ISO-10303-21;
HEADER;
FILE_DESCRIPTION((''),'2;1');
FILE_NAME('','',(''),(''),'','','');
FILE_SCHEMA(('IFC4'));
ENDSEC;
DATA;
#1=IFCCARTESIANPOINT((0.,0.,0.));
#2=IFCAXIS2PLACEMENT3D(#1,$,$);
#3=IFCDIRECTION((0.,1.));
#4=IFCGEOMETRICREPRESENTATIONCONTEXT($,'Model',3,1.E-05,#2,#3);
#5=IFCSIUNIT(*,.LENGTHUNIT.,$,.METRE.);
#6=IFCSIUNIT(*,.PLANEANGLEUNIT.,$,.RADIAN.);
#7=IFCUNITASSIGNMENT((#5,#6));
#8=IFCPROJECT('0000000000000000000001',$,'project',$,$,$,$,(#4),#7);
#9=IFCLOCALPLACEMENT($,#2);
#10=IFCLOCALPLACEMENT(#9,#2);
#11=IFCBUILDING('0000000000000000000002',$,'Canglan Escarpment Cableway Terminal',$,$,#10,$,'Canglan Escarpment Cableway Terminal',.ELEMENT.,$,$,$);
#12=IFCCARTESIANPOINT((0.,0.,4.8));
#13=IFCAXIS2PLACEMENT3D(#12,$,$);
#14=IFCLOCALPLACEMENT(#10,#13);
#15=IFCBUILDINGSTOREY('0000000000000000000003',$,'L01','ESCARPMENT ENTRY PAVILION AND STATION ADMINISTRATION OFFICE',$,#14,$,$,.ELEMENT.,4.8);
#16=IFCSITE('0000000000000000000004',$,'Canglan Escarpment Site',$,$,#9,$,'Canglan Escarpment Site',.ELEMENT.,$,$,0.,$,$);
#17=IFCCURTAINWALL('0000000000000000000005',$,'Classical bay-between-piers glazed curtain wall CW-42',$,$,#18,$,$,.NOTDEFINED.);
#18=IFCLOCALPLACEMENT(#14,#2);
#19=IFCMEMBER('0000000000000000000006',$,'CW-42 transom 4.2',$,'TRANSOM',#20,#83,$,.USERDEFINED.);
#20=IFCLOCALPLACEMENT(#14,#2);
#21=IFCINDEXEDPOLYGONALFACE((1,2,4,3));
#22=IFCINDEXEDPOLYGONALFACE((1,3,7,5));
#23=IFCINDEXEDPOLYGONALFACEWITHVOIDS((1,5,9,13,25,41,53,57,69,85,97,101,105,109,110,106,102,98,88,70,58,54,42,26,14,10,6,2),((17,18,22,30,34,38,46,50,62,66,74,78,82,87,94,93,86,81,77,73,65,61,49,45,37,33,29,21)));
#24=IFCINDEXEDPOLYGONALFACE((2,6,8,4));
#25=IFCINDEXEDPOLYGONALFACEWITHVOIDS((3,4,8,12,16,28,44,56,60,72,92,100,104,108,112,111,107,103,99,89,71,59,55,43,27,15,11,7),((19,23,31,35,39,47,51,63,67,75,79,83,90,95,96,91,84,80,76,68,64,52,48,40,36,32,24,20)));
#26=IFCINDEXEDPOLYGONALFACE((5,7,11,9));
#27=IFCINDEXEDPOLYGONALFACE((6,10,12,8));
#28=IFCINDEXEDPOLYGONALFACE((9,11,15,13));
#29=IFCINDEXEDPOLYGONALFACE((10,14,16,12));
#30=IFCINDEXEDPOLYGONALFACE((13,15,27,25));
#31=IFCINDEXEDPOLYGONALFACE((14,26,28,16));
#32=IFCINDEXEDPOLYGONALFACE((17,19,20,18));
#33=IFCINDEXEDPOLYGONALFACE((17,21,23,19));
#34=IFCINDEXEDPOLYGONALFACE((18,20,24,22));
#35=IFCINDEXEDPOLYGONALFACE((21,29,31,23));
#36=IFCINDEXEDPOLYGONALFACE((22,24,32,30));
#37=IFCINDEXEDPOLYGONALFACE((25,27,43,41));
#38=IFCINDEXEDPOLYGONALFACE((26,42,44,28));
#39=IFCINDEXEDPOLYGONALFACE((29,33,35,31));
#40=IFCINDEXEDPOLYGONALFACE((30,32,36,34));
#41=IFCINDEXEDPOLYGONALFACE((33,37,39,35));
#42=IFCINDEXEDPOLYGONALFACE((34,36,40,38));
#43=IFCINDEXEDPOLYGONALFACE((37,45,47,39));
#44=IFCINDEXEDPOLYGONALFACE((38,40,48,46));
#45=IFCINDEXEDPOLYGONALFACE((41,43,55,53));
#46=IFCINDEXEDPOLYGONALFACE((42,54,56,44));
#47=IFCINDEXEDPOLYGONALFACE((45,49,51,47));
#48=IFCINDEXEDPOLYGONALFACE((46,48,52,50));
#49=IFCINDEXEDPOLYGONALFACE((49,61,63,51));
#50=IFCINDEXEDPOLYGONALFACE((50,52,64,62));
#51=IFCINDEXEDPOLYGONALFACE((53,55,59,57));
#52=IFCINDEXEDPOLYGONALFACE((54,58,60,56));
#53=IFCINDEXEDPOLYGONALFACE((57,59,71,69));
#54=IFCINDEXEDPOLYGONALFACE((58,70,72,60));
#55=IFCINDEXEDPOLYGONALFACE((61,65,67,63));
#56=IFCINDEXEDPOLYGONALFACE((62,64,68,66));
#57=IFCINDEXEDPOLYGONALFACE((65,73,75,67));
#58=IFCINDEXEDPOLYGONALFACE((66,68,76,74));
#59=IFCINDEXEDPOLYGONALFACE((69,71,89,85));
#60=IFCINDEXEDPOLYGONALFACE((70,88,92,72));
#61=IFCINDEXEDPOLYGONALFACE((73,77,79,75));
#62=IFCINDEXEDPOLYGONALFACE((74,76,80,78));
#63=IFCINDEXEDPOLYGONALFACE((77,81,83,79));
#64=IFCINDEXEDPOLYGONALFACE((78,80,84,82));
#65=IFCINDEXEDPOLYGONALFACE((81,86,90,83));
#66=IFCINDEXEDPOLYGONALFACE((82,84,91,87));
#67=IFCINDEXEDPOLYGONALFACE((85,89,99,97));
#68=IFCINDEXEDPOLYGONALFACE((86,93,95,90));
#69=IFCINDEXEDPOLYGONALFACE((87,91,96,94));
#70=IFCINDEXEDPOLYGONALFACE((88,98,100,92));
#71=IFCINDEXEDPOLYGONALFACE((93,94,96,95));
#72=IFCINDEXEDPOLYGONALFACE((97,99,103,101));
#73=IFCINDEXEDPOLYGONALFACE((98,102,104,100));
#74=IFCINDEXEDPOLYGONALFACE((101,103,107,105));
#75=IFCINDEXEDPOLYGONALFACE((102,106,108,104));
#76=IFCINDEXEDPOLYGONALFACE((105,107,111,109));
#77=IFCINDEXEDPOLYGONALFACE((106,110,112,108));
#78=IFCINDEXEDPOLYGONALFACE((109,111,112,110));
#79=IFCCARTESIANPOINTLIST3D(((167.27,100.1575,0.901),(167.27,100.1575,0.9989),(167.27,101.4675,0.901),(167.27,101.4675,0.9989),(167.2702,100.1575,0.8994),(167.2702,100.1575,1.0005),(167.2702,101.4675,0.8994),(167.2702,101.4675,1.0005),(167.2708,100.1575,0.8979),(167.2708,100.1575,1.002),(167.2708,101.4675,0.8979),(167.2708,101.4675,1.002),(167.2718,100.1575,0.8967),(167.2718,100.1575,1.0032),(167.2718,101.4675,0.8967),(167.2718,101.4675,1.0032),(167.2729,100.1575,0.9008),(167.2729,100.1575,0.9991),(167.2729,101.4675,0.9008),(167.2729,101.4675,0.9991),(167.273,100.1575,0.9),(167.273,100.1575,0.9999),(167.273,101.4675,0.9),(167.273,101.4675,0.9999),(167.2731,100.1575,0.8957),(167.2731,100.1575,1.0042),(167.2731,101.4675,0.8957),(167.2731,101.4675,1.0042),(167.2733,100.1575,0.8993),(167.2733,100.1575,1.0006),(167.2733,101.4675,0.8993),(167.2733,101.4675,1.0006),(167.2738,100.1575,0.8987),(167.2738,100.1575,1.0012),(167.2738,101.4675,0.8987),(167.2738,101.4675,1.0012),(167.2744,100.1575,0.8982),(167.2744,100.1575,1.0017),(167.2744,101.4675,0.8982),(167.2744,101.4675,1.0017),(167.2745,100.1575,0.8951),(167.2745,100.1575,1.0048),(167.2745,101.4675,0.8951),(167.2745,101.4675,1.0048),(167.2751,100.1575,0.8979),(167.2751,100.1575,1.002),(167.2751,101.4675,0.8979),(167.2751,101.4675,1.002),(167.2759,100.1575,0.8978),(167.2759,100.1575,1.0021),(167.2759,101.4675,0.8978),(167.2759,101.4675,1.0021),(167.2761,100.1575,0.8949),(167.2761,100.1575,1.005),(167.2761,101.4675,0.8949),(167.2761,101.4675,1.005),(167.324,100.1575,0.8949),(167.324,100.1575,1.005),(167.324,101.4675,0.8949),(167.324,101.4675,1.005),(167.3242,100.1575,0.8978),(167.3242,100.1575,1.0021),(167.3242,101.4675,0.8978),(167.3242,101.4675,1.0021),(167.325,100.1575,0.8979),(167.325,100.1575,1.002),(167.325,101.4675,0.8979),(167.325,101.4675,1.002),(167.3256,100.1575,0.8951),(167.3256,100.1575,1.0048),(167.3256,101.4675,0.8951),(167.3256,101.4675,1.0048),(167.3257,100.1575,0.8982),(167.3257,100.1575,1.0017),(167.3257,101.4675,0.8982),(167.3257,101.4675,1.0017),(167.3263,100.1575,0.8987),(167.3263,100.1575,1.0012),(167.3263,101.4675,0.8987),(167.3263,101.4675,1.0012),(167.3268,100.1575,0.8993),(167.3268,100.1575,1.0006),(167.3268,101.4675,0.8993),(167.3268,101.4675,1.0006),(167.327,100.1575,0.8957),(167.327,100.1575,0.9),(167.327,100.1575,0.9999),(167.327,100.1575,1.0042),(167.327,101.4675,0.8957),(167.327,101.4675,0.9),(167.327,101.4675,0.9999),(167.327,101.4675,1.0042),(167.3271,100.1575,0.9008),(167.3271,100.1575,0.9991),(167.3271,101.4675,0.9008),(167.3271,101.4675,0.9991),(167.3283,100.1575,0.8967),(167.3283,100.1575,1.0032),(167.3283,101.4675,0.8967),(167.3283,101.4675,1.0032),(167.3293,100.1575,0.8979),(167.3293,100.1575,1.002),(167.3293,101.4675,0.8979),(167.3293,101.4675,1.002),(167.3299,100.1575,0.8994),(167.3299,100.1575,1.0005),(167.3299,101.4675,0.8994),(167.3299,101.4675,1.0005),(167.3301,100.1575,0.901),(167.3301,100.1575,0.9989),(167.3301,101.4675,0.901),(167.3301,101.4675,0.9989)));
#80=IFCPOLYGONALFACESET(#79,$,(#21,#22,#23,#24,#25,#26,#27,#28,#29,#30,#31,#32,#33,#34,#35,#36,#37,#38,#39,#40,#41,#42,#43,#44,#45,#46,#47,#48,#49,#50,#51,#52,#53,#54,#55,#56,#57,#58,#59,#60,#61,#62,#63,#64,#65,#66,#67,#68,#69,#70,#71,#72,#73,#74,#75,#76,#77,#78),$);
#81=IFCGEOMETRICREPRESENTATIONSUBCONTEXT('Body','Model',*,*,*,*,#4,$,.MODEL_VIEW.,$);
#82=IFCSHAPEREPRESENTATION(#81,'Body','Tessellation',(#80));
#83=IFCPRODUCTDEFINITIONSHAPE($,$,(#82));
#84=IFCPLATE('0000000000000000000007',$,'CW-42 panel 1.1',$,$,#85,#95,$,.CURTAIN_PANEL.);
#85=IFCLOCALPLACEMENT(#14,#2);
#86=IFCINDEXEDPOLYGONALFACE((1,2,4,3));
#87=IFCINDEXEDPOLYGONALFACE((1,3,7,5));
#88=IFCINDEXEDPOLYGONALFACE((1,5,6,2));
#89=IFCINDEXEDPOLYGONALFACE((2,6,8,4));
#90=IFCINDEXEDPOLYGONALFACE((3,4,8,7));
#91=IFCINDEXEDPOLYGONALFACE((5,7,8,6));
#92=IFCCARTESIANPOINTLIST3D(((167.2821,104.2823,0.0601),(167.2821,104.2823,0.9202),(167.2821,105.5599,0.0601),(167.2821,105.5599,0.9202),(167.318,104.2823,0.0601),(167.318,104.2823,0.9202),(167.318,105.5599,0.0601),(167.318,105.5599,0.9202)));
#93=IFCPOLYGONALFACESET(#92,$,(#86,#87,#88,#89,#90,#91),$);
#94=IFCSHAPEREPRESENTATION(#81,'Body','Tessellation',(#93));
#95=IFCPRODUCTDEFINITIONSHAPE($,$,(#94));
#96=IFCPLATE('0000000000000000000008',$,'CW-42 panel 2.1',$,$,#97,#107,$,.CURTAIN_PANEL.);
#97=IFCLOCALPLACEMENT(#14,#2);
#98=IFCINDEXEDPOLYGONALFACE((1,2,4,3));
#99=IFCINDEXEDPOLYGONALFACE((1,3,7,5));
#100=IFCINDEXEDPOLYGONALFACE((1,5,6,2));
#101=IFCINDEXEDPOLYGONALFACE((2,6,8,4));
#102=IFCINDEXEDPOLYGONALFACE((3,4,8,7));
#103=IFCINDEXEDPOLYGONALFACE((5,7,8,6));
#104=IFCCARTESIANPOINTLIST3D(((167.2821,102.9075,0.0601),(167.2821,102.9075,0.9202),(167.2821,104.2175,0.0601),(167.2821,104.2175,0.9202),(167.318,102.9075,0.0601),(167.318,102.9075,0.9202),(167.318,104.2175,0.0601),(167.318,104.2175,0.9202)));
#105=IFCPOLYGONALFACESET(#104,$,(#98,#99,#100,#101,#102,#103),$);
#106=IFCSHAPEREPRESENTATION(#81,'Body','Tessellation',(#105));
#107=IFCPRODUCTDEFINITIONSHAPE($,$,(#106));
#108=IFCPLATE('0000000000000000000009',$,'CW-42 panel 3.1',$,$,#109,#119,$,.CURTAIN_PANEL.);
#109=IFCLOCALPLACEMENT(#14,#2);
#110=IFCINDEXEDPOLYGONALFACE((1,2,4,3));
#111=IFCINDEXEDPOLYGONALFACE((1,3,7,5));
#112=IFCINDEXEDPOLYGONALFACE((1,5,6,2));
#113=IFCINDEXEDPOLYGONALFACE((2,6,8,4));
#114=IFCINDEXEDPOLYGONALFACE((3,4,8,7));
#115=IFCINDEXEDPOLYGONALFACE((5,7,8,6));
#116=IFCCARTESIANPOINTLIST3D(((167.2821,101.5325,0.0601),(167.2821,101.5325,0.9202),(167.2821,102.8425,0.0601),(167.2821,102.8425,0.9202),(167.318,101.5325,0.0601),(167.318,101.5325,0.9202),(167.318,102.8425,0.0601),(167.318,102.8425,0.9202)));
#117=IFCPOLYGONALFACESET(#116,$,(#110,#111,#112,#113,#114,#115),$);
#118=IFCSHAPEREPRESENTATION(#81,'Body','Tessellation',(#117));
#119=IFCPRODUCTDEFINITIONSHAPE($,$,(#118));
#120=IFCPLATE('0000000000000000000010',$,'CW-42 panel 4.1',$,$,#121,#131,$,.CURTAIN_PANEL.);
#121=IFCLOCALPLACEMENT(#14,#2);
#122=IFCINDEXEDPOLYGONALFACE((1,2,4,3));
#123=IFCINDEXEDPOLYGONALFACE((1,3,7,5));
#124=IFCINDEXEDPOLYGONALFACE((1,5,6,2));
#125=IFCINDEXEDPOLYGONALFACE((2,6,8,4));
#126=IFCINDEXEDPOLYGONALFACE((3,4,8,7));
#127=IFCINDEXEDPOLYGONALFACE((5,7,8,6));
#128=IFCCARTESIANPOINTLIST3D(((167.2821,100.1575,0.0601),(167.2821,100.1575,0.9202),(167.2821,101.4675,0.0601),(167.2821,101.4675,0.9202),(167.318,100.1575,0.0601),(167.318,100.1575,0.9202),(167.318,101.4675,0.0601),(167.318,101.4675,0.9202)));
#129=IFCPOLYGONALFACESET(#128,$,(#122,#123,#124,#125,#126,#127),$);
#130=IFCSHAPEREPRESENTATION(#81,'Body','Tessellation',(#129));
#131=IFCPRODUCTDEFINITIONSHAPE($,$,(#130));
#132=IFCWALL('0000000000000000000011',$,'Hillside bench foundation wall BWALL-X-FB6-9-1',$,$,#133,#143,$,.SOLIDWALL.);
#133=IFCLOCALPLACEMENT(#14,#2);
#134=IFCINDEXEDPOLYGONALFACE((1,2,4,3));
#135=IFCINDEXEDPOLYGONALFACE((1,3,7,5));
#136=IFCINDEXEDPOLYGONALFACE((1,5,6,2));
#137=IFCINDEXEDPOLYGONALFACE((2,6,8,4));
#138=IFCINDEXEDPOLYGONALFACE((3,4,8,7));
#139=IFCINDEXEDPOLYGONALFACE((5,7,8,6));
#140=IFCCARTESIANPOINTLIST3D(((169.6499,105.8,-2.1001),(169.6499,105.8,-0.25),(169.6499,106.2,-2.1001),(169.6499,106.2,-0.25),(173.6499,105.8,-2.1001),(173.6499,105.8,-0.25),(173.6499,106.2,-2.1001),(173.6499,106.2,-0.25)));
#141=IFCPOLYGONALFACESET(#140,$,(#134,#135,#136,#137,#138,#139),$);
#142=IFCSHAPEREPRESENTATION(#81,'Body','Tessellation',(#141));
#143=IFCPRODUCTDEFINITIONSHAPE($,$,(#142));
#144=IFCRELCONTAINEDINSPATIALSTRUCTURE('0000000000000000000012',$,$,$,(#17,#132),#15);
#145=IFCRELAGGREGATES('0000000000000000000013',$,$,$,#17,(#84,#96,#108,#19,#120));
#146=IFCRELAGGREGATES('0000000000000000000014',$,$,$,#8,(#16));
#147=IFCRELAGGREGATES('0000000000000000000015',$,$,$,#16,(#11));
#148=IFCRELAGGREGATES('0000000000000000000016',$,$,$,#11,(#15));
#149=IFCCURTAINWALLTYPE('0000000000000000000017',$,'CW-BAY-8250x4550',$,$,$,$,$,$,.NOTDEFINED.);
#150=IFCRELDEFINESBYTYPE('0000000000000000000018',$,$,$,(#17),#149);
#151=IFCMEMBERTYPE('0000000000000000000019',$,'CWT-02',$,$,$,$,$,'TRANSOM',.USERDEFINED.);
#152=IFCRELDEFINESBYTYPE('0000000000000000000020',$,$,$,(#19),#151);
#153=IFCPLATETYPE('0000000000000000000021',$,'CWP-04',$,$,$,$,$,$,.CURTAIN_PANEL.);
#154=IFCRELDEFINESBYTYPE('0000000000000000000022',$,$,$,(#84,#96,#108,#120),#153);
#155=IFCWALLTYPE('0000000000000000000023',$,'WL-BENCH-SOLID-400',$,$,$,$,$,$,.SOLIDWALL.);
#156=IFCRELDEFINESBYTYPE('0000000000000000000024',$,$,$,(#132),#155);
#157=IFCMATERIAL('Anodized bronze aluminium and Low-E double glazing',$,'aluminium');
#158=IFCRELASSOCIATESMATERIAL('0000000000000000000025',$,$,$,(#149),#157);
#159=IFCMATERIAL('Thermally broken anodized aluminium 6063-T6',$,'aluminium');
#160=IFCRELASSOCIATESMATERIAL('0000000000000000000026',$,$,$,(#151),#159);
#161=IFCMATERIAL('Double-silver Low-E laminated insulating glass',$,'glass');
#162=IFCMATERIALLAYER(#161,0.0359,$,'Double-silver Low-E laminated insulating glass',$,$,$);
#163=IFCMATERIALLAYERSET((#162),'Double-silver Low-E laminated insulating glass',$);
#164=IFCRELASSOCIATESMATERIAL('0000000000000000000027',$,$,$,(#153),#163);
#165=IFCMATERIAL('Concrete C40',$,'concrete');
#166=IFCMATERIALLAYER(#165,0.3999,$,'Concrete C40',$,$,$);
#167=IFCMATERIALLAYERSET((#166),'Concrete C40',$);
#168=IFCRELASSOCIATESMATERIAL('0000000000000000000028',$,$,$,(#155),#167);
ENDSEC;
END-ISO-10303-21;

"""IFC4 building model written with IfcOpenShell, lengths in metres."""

from ifc_helpers import new_model, si_unit, direction, frame, frame_2d, origin, origin_2d, place, context, subcontext, project, spatial, rectangle, hollow_rectangle, extrude, material, layer, layer_set, material_profile, profile_set, type_object, element, aggregate, save


model = new_model("IFC4")

# Units and contexts
model_context = context("Model", 3, precision=1e-05, world=origin(), true_north=direction((0.0, 1.0)))
body_context = subcontext(model_context, "Body", "Model", "MODEL_VIEW")
ifc_project = project(units=[si_unit("LENGTHUNIT", "METRE"), si_unit("PLANEANGLEUNIT", "RADIAN")], contexts=[model_context])

# Site, building, storey
site_placement = place(None, origin())
site = spatial("IfcSite", under=ifc_project, at=site_placement, Name="Canglan Escarpment Site", LongName="Canglan Escarpment Site", CompositionType="ELEMENT", RefElevation=0.0)
building_placement = place(site_placement, origin())
building = spatial("IfcBuilding", under=site, at=building_placement, Name="Canglan Escarpment Cableway Terminal", LongName="Canglan Escarpment Cableway Terminal", CompositionType="ELEMENT")
storey_placement = place(building_placement, frame((0.0, 0.0, 4.8)))
storey = spatial("IfcBuildingStorey", under=building, at=storey_placement, Name="L01", Description="ESCARPMENT ENTRY PAVILION AND STATION ADMINISTRATION OFFICE", CompositionType="ELEMENT", Elevation=4.8)

# Shared definitions
ifc_material_1 = material(Name="Concrete C40", Category="concrete")

# Curtain wall, member, plates
ifc_material_2 = material(Name="Anodized bronze aluminium and Low-E double glazing", Category="aluminium")
curtain_wall_type = type_object("IfcCurtainWallType", Name="CW-BAY-8250x4550", PredefinedType="NOTDEFINED", material=ifc_material_2)
curtain_wall_placement = place(storey_placement, origin())
curtain_wall = element("IfcCurtainWall", 1, at=curtain_wall_placement, inside=storey, type_object=curtain_wall_type, Name="Classical bay-between-piers glazed curtain wall CW-42", PredefinedType="NOTDEFINED")
ifc_material_3 = material(Name="Thermally broken anodized aluminium 6063-T6", Category="aluminium")
ifc_material_profile_1 = material_profile(ifc_material_3, hollow_rectangle(XDim=0.0601, YDim=0.1101, WallThickness=0.0029, InnerFilletRadius=0.0029, OuterFilletRadius=0.0061, at=origin_2d()), Name="ALU-TRAN 60x110x3")
ifc_profile_set_1 = profile_set([ifc_material_profile_1], Name="Thermally broken anodized aluminium 6063-T6")
member_type_1 = type_object("IfcMemberType", Name="CWT-02", ElementType="TRANSOM", PredefinedType="USERDEFINED", material=ifc_profile_set_1)
member_1_placement = place(storey_placement, frame((167.3, 101.4675, 0.95), z_axis=(0.0, -1.0, 0.0), x_axis=(1.0, 0.0, 0.0)))
member_1 = element("IfcMember", 2, at=member_1_placement, type_object=member_type_1, Name="CW-42 transom 4.2", ObjectType="TRANSOM", PredefinedType="USERDEFINED", context=body_context, shape_type="SweptSolid", body=[
    extrude(hollow_rectangle(XDim=0.0601, YDim=0.1101, WallThickness=0.0029, InnerFilletRadius=0.0029, OuterFilletRadius=0.0061, at=origin_2d()), origin(), (0.0, 0.0, 1.0), 1.3101),
])
ifc_material_4 = material(Name="Double-silver Low-E laminated insulating glass", Category="glass")
ifc_layer_1 = layer(ifc_material_4, 0.0359, Name="Double-silver Low-E laminated insulating glass")
ifc_layer_set_1 = layer_set([ifc_layer_1], Name="Double-silver Low-E laminated insulating glass")
plate_type = type_object("IfcPlateType", Name="CWP-04", PredefinedType="CURTAIN_PANEL", material=ifc_layer_set_1)
plate_1_placement = place(storey_placement, frame((167.3, 104.9211, 0.0601), z_axis=(0.0, 0.0, 1.0), x_axis=(0.0, -1.0, 0.0)))
plate_1 = element("IfcPlate", 3, at=plate_1_placement, type_object=plate_type, Name="CW-42 panel 1.1", PredefinedType="CURTAIN_PANEL", context=body_context, shape_type="SweptSolid", body=[
    extrude(rectangle(XDim=1.2776, YDim=0.0359, at=origin_2d()), origin(), (0.0, 0.0, 1.0), 0.8601),
])
plate_2_placement = place(storey_placement, frame((167.3, 103.5625, 0.0601), z_axis=(0.0, 0.0, 1.0), x_axis=(0.0, -1.0, 0.0)))
plate_2 = element("IfcPlate", 4, at=plate_2_placement, type_object=plate_type, Name="CW-42 panel 2.1", PredefinedType="CURTAIN_PANEL", context=body_context, shape_type="SweptSolid", body=[
    extrude(rectangle(XDim=1.3101, YDim=0.0359, at=origin_2d()), origin(), (0.0, 0.0, 1.0), 0.8601),
])
plate_3_placement = place(storey_placement, frame((167.3, 102.1875, 0.0601), z_axis=(0.0, 0.0, 1.0), x_axis=(0.0, -1.0, 0.0)))
plate_3 = element("IfcPlate", 5, at=plate_3_placement, type_object=plate_type, Name="CW-42 panel 3.1", PredefinedType="CURTAIN_PANEL", context=body_context, shape_type="SweptSolid", body=[
    extrude(rectangle(XDim=1.3101, YDim=0.0359, at=origin_2d()), origin(), (0.0, 0.0, 1.0), 0.8601),
])
plate_4_placement = place(storey_placement, frame((167.3, 100.8125, 0.0601), z_axis=(0.0, 0.0, 1.0), x_axis=(0.0, -1.0, 0.0)))
plate_4 = element("IfcPlate", 6, at=plate_4_placement, type_object=plate_type, Name="CW-42 panel 4.1", PredefinedType="CURTAIN_PANEL", context=body_context, shape_type="SweptSolid", body=[
    extrude(rectangle(XDim=1.3101, YDim=0.0359, at=origin_2d()), origin(), (0.0, 0.0, 1.0), 0.8601),
])
aggregate(curtain_wall, [plate_1, plate_2, plate_3, member_1, plate_4])

# Wall
ifc_layer_2 = layer(ifc_material_1, 0.3999, Name="Concrete C40")
ifc_layer_set_2 = layer_set([ifc_layer_2], Name="Concrete C40")
wall_type = type_object("IfcWallType", Name="WL-BENCH-SOLID-400", PredefinedType="SOLIDWALL", material=ifc_layer_set_2)
wall_placement = place(storey_placement, frame((169.6499, 106.0, -2.1001), z_axis=(0.0, 0.0, 1.0), x_axis=(1.0, 0.0, 0.0)))
element("IfcWall", 7, at=wall_placement, inside=storey, type_object=wall_type, Name="Hillside bench foundation wall BWALL-X-FB6-9-1", PredefinedType="SOLIDWALL", context=body_context, shape_type="SweptSolid", body=[
    extrude(rectangle(XDim=4.0, YDim=0.3999, at=frame_2d((2.0, 0.0))), origin(), (0.0, 0.0, 1.0), 1.8501),
])

save(model, "model.ifc")
